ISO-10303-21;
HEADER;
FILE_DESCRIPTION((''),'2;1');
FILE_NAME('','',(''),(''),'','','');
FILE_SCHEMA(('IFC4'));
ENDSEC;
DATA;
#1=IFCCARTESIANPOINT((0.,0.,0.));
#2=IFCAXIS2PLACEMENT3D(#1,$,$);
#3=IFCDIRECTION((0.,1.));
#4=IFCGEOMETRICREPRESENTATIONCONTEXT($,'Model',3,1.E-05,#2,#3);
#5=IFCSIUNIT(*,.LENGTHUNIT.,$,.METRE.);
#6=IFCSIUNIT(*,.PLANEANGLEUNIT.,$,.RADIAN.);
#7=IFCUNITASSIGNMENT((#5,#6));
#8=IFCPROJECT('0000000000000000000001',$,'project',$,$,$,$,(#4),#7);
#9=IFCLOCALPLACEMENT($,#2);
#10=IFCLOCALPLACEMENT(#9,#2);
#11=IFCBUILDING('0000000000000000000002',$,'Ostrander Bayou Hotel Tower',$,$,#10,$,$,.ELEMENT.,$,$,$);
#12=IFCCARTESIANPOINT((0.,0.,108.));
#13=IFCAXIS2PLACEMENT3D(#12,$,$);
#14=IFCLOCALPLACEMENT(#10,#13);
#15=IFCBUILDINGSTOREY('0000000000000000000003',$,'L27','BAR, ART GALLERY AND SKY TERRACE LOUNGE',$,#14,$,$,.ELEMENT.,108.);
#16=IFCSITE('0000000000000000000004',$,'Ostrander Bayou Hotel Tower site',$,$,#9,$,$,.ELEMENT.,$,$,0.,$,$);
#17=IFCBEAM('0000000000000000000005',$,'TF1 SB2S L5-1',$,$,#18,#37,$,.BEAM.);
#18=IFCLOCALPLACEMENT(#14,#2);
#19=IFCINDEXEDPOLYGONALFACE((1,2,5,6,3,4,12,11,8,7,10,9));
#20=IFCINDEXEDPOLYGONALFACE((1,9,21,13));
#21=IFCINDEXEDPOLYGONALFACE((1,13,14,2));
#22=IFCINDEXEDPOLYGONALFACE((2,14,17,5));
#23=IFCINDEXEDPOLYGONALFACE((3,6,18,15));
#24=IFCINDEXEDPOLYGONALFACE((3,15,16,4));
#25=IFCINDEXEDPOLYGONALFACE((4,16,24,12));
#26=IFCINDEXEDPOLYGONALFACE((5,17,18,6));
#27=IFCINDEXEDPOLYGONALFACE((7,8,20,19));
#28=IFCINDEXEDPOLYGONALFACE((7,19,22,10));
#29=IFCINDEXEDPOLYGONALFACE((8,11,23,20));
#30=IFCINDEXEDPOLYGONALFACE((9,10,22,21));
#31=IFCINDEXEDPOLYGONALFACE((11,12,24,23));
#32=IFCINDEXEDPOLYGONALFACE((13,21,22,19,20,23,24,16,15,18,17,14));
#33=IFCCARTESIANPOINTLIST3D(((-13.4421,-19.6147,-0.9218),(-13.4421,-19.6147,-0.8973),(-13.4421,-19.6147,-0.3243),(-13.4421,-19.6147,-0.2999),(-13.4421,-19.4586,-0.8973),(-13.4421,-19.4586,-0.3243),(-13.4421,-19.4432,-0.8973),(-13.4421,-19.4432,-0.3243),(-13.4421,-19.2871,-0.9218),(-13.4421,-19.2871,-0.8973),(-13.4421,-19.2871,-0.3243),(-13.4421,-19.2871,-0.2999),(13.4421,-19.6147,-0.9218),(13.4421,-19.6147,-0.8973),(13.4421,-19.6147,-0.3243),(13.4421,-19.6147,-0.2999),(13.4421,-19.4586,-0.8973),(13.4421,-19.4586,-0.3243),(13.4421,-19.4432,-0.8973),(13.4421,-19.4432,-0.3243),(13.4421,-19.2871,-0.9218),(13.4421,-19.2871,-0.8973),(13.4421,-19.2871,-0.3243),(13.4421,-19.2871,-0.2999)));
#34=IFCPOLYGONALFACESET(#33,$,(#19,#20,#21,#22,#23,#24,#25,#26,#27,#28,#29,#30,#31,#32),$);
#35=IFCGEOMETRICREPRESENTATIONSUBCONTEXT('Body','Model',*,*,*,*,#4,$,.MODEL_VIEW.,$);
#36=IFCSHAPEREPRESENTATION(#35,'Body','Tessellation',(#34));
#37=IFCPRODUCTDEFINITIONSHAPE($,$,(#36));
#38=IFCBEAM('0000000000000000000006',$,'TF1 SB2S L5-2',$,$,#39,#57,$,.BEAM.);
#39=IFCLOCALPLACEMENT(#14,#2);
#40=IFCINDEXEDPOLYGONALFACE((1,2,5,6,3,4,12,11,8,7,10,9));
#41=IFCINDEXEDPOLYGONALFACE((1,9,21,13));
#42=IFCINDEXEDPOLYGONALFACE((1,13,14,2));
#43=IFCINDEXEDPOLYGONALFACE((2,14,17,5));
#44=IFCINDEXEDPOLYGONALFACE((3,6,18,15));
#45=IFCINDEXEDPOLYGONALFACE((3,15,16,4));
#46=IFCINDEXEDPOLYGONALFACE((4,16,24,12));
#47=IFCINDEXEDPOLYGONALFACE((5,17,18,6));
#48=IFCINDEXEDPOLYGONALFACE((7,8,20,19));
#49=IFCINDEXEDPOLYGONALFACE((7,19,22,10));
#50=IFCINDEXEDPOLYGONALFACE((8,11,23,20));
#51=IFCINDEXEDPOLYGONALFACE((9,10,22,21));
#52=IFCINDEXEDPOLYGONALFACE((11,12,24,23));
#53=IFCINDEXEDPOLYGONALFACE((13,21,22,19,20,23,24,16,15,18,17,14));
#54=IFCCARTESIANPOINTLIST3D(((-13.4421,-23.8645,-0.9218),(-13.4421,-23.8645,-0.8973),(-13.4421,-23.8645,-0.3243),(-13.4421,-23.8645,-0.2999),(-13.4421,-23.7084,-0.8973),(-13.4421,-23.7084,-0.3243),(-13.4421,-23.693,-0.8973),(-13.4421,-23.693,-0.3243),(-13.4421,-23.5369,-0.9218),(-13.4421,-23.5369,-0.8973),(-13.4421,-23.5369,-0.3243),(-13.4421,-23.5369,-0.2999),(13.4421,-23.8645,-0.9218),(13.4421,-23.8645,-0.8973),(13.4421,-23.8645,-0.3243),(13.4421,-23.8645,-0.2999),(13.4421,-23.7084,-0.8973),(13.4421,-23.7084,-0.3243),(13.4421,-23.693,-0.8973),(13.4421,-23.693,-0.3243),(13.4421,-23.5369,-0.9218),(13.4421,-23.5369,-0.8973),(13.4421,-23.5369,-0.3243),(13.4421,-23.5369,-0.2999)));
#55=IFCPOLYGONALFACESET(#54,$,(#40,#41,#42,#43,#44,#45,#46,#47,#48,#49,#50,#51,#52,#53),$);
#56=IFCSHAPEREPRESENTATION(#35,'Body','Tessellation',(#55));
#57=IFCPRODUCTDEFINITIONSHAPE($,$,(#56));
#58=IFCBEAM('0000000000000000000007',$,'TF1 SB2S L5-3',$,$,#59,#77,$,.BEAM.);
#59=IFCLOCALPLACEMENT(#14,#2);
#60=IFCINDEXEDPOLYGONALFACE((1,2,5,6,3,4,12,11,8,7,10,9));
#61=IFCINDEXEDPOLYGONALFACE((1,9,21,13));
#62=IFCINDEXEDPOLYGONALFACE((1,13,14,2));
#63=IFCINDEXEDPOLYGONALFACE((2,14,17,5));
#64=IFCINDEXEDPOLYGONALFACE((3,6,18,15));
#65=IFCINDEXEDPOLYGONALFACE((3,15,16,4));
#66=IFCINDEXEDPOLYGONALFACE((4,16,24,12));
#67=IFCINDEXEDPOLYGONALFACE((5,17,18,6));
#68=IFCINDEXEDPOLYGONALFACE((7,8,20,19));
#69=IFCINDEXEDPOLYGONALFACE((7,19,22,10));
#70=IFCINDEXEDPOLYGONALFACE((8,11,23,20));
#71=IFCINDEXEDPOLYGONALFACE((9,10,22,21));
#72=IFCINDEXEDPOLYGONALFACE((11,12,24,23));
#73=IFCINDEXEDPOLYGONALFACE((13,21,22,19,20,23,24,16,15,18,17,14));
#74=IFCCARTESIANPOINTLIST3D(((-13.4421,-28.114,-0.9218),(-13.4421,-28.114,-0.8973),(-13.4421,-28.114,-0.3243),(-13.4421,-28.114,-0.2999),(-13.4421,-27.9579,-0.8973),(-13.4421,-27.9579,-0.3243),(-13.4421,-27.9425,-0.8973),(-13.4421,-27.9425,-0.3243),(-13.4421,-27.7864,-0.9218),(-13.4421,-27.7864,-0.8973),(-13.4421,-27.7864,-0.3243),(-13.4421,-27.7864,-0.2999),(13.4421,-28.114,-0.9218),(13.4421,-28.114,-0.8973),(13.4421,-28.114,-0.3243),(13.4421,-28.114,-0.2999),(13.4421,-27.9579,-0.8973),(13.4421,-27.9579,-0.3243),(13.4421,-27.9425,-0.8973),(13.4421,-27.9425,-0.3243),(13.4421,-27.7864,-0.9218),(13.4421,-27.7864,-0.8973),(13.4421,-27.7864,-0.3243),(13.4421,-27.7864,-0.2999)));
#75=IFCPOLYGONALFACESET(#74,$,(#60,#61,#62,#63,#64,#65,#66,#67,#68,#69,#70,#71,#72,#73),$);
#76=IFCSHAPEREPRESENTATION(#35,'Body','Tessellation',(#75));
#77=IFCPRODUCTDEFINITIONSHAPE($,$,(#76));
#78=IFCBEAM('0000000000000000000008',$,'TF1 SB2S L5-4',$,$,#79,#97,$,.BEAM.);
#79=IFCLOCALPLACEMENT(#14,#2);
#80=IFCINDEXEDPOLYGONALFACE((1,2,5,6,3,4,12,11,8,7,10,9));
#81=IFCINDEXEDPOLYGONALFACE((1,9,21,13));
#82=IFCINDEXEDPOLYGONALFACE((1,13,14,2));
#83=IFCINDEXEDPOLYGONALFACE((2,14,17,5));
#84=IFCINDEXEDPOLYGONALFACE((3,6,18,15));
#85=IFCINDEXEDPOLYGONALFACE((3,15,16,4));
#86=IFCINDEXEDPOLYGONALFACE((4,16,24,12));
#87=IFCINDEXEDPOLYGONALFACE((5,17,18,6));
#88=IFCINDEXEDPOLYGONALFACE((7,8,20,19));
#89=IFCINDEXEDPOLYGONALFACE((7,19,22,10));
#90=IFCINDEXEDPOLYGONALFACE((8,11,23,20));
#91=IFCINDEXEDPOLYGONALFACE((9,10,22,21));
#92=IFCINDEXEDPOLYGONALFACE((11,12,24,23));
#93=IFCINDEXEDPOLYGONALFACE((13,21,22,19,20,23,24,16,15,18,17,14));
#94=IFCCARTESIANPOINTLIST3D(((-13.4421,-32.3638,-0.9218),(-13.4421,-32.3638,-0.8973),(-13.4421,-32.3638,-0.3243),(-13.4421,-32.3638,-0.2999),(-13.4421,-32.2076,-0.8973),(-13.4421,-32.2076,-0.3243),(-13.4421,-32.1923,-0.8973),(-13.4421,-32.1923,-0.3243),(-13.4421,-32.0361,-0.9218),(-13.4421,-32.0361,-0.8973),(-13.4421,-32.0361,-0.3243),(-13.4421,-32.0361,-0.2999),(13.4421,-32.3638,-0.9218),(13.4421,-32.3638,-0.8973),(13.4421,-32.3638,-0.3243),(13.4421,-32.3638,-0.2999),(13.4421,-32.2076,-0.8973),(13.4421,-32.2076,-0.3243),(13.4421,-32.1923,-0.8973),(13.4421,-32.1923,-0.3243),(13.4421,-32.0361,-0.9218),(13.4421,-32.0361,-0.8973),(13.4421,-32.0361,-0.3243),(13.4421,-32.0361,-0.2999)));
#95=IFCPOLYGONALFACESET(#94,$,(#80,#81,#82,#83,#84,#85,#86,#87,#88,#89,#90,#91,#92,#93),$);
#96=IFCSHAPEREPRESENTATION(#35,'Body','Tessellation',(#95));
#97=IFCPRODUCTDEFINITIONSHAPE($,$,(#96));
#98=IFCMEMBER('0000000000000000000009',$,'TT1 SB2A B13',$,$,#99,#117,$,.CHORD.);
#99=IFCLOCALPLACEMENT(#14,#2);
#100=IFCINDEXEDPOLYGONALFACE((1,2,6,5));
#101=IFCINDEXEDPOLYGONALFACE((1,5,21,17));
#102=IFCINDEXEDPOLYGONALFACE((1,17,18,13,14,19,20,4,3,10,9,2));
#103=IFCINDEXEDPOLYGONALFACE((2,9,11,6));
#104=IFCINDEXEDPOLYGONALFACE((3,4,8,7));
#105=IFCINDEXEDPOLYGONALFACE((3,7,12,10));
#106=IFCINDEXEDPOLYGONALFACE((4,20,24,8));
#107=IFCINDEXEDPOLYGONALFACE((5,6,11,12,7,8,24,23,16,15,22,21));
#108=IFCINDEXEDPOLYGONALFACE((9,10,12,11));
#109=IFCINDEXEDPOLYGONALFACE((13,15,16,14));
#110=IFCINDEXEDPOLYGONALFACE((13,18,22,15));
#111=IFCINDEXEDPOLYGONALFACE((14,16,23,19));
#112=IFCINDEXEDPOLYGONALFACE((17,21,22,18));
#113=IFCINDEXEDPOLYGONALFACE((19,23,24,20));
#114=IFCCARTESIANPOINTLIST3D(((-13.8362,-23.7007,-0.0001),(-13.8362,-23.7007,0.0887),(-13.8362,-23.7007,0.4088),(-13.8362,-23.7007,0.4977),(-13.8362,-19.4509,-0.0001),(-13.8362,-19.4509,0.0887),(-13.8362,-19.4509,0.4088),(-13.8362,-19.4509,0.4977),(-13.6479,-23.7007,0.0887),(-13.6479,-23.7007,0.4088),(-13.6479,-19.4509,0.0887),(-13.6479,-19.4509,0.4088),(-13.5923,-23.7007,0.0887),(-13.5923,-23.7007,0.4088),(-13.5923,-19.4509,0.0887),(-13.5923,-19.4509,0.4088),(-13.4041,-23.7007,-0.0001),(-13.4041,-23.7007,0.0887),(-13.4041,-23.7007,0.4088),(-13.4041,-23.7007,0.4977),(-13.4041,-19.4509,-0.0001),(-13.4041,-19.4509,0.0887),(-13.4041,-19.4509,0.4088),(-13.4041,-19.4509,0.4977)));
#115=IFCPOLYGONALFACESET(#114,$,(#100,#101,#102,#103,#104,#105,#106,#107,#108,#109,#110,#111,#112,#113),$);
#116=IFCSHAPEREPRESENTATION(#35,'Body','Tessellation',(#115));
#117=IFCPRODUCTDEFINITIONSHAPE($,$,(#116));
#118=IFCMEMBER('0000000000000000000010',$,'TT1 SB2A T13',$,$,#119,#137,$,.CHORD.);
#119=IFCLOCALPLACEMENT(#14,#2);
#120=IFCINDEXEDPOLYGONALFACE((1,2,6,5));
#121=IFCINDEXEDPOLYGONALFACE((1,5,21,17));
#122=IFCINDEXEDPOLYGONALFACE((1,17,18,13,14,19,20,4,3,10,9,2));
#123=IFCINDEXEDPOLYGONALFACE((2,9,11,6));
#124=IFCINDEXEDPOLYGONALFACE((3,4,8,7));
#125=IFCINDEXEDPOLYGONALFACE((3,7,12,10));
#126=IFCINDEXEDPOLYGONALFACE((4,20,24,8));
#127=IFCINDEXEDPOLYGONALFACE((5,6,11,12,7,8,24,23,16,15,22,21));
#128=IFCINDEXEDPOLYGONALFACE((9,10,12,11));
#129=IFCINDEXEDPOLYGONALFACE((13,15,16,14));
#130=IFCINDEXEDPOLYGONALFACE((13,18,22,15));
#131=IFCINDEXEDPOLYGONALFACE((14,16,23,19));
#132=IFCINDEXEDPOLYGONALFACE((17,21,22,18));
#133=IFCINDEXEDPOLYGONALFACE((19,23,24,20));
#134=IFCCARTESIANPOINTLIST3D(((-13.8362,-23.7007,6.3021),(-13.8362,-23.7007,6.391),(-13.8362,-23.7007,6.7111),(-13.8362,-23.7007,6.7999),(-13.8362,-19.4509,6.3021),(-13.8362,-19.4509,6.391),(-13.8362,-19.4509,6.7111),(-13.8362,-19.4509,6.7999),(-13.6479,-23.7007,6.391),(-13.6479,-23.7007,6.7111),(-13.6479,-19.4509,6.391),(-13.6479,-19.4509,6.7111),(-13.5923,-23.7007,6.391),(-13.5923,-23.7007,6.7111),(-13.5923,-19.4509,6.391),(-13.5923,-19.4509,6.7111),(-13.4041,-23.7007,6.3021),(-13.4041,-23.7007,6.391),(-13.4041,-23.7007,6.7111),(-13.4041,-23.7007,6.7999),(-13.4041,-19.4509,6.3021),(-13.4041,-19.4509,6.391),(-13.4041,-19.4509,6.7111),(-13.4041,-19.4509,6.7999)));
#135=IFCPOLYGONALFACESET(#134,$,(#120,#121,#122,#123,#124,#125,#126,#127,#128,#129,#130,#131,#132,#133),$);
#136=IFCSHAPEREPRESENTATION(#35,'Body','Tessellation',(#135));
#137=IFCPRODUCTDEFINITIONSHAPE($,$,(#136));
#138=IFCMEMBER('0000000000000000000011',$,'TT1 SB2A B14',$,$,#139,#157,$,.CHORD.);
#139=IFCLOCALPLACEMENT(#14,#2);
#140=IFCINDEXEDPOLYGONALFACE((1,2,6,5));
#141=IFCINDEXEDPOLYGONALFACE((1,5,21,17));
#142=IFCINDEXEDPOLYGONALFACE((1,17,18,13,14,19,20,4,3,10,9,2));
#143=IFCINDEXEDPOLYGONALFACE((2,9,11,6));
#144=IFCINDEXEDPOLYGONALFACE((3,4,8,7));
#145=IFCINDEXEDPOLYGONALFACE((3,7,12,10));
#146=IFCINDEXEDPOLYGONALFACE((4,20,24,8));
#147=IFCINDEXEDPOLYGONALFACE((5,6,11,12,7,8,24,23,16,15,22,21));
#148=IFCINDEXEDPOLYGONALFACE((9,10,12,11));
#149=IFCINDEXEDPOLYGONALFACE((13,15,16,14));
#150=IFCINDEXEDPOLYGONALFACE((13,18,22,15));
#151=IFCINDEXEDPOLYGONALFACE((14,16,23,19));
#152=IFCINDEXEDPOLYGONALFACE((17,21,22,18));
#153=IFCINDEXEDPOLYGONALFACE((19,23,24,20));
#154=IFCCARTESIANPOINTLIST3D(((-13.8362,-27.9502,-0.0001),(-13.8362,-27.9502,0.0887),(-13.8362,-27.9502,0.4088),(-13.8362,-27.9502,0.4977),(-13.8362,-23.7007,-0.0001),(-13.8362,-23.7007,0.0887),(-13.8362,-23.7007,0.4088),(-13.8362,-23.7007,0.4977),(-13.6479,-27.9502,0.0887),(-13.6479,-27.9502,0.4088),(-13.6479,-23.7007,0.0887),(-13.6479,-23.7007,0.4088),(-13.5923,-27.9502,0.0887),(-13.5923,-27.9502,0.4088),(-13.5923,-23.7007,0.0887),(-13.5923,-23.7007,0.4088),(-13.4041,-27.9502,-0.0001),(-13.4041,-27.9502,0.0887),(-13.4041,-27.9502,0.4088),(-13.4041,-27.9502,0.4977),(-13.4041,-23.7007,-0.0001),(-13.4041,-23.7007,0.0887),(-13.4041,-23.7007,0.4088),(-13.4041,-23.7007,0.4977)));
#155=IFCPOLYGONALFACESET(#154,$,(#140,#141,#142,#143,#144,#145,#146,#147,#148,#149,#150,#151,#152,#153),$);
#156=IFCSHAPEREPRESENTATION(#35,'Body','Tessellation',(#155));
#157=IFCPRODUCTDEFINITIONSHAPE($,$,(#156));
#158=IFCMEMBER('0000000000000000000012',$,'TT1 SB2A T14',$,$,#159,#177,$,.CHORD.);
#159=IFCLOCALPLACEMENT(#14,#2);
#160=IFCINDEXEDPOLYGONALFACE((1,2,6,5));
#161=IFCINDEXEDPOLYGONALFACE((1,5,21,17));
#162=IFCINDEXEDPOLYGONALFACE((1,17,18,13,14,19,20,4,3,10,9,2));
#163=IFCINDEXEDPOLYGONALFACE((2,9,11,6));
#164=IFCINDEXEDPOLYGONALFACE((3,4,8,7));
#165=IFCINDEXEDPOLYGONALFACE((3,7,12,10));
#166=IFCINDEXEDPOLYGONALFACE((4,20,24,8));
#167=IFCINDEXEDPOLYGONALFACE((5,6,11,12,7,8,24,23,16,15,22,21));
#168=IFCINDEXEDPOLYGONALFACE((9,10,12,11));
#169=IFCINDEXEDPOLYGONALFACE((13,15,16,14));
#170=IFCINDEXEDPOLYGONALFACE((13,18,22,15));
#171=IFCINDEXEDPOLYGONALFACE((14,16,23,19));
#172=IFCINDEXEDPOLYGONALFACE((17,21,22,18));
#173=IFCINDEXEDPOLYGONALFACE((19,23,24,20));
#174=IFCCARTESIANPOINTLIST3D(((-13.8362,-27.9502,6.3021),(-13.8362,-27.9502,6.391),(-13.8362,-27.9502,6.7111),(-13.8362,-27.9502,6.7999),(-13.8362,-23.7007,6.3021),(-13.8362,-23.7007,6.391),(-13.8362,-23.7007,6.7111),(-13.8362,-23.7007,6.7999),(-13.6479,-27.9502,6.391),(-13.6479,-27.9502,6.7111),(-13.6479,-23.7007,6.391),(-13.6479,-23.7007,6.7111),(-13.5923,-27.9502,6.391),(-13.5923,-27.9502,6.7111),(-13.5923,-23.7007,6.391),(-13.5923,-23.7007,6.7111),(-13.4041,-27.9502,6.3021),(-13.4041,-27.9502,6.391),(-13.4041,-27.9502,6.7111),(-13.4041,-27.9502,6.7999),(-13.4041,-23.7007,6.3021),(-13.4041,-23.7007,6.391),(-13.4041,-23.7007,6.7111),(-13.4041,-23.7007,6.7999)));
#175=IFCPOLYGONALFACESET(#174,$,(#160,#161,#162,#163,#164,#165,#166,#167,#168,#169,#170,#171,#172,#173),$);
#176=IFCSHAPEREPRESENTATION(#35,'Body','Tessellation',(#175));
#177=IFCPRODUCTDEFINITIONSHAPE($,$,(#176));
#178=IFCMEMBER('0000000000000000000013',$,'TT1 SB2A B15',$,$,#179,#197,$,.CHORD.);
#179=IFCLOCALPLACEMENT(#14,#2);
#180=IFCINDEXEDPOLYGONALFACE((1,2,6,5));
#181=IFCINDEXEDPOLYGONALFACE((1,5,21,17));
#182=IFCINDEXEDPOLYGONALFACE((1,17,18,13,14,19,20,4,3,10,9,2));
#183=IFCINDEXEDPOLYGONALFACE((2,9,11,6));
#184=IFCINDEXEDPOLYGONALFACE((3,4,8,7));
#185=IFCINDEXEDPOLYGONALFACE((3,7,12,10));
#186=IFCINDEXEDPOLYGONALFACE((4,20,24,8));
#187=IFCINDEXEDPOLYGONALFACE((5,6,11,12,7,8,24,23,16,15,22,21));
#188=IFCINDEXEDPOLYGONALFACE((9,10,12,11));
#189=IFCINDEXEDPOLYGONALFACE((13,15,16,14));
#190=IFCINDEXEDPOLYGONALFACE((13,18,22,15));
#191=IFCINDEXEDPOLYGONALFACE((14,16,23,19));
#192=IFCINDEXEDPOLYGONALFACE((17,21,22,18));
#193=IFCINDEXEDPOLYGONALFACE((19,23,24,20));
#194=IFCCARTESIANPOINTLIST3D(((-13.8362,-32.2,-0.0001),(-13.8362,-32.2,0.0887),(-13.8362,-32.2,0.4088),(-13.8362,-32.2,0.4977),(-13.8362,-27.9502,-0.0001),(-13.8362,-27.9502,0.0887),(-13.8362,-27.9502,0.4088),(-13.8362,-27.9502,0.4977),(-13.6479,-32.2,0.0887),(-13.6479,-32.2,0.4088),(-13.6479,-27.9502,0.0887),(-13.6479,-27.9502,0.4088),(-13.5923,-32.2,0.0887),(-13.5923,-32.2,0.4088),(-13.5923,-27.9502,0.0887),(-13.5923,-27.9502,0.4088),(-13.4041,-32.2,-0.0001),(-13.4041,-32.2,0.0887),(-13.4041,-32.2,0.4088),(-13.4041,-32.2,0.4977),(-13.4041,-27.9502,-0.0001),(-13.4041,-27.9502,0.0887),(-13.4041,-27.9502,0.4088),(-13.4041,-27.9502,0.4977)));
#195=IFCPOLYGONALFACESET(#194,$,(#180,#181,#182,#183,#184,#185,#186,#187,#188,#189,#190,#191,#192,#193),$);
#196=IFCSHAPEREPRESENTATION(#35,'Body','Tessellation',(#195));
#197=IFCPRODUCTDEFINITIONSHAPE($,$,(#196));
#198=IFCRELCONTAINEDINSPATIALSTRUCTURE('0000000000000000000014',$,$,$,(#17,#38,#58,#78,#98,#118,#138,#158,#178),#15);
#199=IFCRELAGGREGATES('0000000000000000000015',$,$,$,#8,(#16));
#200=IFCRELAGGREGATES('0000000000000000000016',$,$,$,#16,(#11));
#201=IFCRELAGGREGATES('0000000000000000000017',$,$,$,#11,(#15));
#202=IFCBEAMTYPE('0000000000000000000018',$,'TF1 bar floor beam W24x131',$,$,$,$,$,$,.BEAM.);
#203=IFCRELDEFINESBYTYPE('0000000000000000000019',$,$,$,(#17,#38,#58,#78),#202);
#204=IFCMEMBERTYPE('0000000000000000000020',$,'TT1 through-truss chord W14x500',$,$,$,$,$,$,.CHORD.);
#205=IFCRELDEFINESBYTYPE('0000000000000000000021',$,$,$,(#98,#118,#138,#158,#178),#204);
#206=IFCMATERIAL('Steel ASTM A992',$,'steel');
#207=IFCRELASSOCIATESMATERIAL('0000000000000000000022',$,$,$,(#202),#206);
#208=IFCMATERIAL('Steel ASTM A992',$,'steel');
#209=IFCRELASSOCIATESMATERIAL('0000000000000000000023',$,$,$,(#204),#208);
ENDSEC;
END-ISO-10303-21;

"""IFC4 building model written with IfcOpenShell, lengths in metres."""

from ifc_helpers import new_model, si_unit, direction, frame, origin, origin_2d, place, context, subcontext, project, spatial, i_section, extrude, material, material_profile, profile_set, type_object, element, save


model = new_model("IFC4")

# Units and contexts
model_context = context("Model", 3, precision=1e-05, world=origin(), true_north=direction((0.0, 1.0)))
body_context = subcontext(model_context, "Body", "Model", "MODEL_VIEW")
ifc_project = project(units=[si_unit("LENGTHUNIT", "METRE"), si_unit("PLANEANGLEUNIT", "RADIAN")], contexts=[model_context])

# Site, building, storey
site_placement = place(None, origin())
site = spatial("IfcSite", under=ifc_project, at=site_placement, Name="Ostrander Bayou Hotel Tower site", CompositionType="ELEMENT", RefElevation=0.0)
building_placement = place(site_placement, origin())
building = spatial("IfcBuilding", under=site, at=building_placement, Name="Ostrander Bayou Hotel Tower", CompositionType="ELEMENT")
storey_placement = place(building_placement, frame((0.0, 0.0, 108.0)))
storey = spatial("IfcBuildingStorey", under=building, at=storey_placement, Name="L27", Description="BAR, ART GALLERY AND SKY TERRACE LOUNGE", CompositionType="ELEMENT", Elevation=108.0)

# Beams
ifc_material_1 = material(Name="Steel ASTM A992", Category="steel")
ifc_material_profile_1 = material_profile(ifc_material_1, i_section(OverallWidth=0.3276, OverallDepth=0.6218, WebThickness=0.0154, FlangeThickness=0.0244, at=origin_2d()))
ifc_profile_set_1 = profile_set([ifc_material_profile_1], Name="Steel ASTM A992")
beam_type = type_object("IfcBeamType", Name="TF1 bar floor beam W24x131", PredefinedType="BEAM", material=ifc_profile_set_1)
for number, where, z_axis, x_axis, name in (
    (1, (-13.4421, -19.4509, -0.6108), (1.0, 0.0, 0.0), (0.0, 1.0, 0.0), "TF1 SB2S L5-1"),
    (2, (-13.4421, -23.7007, -0.6108), (1.0, 0.0, 0.0), (0.0, 1.0, 0.0), "TF1 SB2S L5-2"),
    (3, (-13.4421, -27.9502, -0.6108), (1.0, 0.0, 0.0), (0.0, 1.0, 0.0), "TF1 SB2S L5-3"),
    (4, (-13.4421, -32.2, -0.6108), (1.0, 0.0, 0.0), (0.0, 1.0, 0.0), "TF1 SB2S L5-4"),
):
    element("IfcBeam", number, at=place(storey_placement, frame(where, z_axis=z_axis, x_axis=x_axis)), inside=storey, type_object=beam_type, Name=name, PredefinedType="BEAM", context=body_context, shape_type="SweptSolid", body=[
        extrude(i_section(OverallWidth=0.3276, OverallDepth=0.6218, WebThickness=0.0154, FlangeThickness=0.0244, at=origin_2d()), origin(), (0.0, 0.0, 1.0), 26.8843),
    ])

# Members
ifc_material_2 = material(Name="Steel ASTM A992", Category="steel")
ifc_material_profile_2 = material_profile(ifc_material_2, i_section(OverallWidth=0.4321, OverallDepth=0.4978, WebThickness=0.0557, FlangeThickness=0.0889, at=origin_2d()))
ifc_profile_set_2 = profile_set([ifc_material_profile_2], Name="Steel ASTM A992")
member_type_1 = type_object("IfcMemberType", Name="TT1 through-truss chord W14x500", PredefinedType="CHORD", material=ifc_profile_set_2)
for number, where, z_axis, x_axis, name in (
    (5, (-13.6201, -19.4509, 0.2488), (0.0, -1.0, 0.0), (1.0, 0.0, 0.0), "TT1 SB2A B13"),
    (6, (-13.6201, -19.4509, 6.551), (0.0, -1.0, 0.0), (1.0, 0.0, 0.0), "TT1 SB2A T13"),
):
    element("IfcMember", number, at=place(storey_placement, frame(where, z_axis=z_axis, x_axis=x_axis)), inside=storey, type_object=member_type_1, Name=name, PredefinedType="CHORD", context=body_context, shape_type="SweptSolid", body=[
        extrude(i_section(OverallWidth=0.4321, OverallDepth=0.4978, WebThickness=0.0557, FlangeThickness=0.0889, at=origin_2d()), origin(), (0.0, 0.0, 1.0), 4.2498),
    ])
for number, where, z_axis, x_axis, name in (
    (7, (-13.6201, -23.7007, 0.2488), (0.0, -1.0, 0.0), (1.0, 0.0, 0.0), "TT1 SB2A B14"),
    (8, (-13.6201, -23.7007, 6.551), (0.0, -1.0, 0.0), (1.0, 0.0, 0.0), "TT1 SB2A T14"),
):
    element("IfcMember", number, at=place(storey_placement, frame(where, z_axis=z_axis, x_axis=x_axis)), inside=storey, type_object=member_type_1, Name=name, PredefinedType="CHORD", context=body_context, shape_type="SweptSolid", body=[
        extrude(i_section(OverallWidth=0.4321, OverallDepth=0.4978, WebThickness=0.0557, FlangeThickness=0.0889, at=origin_2d()), origin(), (0.0, 0.0, 1.0), 4.2495),
    ])
for number, where, z_axis, x_axis, name in (
    (9, (-13.6201, -27.9502, 0.2488), (0.0, -1.0, 0.0), (1.0, 0.0, 0.0), "TT1 SB2A B15"),
):
    element("IfcMember", number, at=place(storey_placement, frame(where, z_axis=z_axis, x_axis=x_axis)), inside=storey, type_object=member_type_1, Name=name, PredefinedType="CHORD", context=body_context, shape_type="SweptSolid", body=[
        extrude(i_section(OverallWidth=0.4321, OverallDepth=0.4978, WebThickness=0.0557, FlangeThickness=0.0889, at=origin_2d()), origin(), (0.0, 0.0, 1.0), 4.2498),
    ])

save(model, "model.ifc")
